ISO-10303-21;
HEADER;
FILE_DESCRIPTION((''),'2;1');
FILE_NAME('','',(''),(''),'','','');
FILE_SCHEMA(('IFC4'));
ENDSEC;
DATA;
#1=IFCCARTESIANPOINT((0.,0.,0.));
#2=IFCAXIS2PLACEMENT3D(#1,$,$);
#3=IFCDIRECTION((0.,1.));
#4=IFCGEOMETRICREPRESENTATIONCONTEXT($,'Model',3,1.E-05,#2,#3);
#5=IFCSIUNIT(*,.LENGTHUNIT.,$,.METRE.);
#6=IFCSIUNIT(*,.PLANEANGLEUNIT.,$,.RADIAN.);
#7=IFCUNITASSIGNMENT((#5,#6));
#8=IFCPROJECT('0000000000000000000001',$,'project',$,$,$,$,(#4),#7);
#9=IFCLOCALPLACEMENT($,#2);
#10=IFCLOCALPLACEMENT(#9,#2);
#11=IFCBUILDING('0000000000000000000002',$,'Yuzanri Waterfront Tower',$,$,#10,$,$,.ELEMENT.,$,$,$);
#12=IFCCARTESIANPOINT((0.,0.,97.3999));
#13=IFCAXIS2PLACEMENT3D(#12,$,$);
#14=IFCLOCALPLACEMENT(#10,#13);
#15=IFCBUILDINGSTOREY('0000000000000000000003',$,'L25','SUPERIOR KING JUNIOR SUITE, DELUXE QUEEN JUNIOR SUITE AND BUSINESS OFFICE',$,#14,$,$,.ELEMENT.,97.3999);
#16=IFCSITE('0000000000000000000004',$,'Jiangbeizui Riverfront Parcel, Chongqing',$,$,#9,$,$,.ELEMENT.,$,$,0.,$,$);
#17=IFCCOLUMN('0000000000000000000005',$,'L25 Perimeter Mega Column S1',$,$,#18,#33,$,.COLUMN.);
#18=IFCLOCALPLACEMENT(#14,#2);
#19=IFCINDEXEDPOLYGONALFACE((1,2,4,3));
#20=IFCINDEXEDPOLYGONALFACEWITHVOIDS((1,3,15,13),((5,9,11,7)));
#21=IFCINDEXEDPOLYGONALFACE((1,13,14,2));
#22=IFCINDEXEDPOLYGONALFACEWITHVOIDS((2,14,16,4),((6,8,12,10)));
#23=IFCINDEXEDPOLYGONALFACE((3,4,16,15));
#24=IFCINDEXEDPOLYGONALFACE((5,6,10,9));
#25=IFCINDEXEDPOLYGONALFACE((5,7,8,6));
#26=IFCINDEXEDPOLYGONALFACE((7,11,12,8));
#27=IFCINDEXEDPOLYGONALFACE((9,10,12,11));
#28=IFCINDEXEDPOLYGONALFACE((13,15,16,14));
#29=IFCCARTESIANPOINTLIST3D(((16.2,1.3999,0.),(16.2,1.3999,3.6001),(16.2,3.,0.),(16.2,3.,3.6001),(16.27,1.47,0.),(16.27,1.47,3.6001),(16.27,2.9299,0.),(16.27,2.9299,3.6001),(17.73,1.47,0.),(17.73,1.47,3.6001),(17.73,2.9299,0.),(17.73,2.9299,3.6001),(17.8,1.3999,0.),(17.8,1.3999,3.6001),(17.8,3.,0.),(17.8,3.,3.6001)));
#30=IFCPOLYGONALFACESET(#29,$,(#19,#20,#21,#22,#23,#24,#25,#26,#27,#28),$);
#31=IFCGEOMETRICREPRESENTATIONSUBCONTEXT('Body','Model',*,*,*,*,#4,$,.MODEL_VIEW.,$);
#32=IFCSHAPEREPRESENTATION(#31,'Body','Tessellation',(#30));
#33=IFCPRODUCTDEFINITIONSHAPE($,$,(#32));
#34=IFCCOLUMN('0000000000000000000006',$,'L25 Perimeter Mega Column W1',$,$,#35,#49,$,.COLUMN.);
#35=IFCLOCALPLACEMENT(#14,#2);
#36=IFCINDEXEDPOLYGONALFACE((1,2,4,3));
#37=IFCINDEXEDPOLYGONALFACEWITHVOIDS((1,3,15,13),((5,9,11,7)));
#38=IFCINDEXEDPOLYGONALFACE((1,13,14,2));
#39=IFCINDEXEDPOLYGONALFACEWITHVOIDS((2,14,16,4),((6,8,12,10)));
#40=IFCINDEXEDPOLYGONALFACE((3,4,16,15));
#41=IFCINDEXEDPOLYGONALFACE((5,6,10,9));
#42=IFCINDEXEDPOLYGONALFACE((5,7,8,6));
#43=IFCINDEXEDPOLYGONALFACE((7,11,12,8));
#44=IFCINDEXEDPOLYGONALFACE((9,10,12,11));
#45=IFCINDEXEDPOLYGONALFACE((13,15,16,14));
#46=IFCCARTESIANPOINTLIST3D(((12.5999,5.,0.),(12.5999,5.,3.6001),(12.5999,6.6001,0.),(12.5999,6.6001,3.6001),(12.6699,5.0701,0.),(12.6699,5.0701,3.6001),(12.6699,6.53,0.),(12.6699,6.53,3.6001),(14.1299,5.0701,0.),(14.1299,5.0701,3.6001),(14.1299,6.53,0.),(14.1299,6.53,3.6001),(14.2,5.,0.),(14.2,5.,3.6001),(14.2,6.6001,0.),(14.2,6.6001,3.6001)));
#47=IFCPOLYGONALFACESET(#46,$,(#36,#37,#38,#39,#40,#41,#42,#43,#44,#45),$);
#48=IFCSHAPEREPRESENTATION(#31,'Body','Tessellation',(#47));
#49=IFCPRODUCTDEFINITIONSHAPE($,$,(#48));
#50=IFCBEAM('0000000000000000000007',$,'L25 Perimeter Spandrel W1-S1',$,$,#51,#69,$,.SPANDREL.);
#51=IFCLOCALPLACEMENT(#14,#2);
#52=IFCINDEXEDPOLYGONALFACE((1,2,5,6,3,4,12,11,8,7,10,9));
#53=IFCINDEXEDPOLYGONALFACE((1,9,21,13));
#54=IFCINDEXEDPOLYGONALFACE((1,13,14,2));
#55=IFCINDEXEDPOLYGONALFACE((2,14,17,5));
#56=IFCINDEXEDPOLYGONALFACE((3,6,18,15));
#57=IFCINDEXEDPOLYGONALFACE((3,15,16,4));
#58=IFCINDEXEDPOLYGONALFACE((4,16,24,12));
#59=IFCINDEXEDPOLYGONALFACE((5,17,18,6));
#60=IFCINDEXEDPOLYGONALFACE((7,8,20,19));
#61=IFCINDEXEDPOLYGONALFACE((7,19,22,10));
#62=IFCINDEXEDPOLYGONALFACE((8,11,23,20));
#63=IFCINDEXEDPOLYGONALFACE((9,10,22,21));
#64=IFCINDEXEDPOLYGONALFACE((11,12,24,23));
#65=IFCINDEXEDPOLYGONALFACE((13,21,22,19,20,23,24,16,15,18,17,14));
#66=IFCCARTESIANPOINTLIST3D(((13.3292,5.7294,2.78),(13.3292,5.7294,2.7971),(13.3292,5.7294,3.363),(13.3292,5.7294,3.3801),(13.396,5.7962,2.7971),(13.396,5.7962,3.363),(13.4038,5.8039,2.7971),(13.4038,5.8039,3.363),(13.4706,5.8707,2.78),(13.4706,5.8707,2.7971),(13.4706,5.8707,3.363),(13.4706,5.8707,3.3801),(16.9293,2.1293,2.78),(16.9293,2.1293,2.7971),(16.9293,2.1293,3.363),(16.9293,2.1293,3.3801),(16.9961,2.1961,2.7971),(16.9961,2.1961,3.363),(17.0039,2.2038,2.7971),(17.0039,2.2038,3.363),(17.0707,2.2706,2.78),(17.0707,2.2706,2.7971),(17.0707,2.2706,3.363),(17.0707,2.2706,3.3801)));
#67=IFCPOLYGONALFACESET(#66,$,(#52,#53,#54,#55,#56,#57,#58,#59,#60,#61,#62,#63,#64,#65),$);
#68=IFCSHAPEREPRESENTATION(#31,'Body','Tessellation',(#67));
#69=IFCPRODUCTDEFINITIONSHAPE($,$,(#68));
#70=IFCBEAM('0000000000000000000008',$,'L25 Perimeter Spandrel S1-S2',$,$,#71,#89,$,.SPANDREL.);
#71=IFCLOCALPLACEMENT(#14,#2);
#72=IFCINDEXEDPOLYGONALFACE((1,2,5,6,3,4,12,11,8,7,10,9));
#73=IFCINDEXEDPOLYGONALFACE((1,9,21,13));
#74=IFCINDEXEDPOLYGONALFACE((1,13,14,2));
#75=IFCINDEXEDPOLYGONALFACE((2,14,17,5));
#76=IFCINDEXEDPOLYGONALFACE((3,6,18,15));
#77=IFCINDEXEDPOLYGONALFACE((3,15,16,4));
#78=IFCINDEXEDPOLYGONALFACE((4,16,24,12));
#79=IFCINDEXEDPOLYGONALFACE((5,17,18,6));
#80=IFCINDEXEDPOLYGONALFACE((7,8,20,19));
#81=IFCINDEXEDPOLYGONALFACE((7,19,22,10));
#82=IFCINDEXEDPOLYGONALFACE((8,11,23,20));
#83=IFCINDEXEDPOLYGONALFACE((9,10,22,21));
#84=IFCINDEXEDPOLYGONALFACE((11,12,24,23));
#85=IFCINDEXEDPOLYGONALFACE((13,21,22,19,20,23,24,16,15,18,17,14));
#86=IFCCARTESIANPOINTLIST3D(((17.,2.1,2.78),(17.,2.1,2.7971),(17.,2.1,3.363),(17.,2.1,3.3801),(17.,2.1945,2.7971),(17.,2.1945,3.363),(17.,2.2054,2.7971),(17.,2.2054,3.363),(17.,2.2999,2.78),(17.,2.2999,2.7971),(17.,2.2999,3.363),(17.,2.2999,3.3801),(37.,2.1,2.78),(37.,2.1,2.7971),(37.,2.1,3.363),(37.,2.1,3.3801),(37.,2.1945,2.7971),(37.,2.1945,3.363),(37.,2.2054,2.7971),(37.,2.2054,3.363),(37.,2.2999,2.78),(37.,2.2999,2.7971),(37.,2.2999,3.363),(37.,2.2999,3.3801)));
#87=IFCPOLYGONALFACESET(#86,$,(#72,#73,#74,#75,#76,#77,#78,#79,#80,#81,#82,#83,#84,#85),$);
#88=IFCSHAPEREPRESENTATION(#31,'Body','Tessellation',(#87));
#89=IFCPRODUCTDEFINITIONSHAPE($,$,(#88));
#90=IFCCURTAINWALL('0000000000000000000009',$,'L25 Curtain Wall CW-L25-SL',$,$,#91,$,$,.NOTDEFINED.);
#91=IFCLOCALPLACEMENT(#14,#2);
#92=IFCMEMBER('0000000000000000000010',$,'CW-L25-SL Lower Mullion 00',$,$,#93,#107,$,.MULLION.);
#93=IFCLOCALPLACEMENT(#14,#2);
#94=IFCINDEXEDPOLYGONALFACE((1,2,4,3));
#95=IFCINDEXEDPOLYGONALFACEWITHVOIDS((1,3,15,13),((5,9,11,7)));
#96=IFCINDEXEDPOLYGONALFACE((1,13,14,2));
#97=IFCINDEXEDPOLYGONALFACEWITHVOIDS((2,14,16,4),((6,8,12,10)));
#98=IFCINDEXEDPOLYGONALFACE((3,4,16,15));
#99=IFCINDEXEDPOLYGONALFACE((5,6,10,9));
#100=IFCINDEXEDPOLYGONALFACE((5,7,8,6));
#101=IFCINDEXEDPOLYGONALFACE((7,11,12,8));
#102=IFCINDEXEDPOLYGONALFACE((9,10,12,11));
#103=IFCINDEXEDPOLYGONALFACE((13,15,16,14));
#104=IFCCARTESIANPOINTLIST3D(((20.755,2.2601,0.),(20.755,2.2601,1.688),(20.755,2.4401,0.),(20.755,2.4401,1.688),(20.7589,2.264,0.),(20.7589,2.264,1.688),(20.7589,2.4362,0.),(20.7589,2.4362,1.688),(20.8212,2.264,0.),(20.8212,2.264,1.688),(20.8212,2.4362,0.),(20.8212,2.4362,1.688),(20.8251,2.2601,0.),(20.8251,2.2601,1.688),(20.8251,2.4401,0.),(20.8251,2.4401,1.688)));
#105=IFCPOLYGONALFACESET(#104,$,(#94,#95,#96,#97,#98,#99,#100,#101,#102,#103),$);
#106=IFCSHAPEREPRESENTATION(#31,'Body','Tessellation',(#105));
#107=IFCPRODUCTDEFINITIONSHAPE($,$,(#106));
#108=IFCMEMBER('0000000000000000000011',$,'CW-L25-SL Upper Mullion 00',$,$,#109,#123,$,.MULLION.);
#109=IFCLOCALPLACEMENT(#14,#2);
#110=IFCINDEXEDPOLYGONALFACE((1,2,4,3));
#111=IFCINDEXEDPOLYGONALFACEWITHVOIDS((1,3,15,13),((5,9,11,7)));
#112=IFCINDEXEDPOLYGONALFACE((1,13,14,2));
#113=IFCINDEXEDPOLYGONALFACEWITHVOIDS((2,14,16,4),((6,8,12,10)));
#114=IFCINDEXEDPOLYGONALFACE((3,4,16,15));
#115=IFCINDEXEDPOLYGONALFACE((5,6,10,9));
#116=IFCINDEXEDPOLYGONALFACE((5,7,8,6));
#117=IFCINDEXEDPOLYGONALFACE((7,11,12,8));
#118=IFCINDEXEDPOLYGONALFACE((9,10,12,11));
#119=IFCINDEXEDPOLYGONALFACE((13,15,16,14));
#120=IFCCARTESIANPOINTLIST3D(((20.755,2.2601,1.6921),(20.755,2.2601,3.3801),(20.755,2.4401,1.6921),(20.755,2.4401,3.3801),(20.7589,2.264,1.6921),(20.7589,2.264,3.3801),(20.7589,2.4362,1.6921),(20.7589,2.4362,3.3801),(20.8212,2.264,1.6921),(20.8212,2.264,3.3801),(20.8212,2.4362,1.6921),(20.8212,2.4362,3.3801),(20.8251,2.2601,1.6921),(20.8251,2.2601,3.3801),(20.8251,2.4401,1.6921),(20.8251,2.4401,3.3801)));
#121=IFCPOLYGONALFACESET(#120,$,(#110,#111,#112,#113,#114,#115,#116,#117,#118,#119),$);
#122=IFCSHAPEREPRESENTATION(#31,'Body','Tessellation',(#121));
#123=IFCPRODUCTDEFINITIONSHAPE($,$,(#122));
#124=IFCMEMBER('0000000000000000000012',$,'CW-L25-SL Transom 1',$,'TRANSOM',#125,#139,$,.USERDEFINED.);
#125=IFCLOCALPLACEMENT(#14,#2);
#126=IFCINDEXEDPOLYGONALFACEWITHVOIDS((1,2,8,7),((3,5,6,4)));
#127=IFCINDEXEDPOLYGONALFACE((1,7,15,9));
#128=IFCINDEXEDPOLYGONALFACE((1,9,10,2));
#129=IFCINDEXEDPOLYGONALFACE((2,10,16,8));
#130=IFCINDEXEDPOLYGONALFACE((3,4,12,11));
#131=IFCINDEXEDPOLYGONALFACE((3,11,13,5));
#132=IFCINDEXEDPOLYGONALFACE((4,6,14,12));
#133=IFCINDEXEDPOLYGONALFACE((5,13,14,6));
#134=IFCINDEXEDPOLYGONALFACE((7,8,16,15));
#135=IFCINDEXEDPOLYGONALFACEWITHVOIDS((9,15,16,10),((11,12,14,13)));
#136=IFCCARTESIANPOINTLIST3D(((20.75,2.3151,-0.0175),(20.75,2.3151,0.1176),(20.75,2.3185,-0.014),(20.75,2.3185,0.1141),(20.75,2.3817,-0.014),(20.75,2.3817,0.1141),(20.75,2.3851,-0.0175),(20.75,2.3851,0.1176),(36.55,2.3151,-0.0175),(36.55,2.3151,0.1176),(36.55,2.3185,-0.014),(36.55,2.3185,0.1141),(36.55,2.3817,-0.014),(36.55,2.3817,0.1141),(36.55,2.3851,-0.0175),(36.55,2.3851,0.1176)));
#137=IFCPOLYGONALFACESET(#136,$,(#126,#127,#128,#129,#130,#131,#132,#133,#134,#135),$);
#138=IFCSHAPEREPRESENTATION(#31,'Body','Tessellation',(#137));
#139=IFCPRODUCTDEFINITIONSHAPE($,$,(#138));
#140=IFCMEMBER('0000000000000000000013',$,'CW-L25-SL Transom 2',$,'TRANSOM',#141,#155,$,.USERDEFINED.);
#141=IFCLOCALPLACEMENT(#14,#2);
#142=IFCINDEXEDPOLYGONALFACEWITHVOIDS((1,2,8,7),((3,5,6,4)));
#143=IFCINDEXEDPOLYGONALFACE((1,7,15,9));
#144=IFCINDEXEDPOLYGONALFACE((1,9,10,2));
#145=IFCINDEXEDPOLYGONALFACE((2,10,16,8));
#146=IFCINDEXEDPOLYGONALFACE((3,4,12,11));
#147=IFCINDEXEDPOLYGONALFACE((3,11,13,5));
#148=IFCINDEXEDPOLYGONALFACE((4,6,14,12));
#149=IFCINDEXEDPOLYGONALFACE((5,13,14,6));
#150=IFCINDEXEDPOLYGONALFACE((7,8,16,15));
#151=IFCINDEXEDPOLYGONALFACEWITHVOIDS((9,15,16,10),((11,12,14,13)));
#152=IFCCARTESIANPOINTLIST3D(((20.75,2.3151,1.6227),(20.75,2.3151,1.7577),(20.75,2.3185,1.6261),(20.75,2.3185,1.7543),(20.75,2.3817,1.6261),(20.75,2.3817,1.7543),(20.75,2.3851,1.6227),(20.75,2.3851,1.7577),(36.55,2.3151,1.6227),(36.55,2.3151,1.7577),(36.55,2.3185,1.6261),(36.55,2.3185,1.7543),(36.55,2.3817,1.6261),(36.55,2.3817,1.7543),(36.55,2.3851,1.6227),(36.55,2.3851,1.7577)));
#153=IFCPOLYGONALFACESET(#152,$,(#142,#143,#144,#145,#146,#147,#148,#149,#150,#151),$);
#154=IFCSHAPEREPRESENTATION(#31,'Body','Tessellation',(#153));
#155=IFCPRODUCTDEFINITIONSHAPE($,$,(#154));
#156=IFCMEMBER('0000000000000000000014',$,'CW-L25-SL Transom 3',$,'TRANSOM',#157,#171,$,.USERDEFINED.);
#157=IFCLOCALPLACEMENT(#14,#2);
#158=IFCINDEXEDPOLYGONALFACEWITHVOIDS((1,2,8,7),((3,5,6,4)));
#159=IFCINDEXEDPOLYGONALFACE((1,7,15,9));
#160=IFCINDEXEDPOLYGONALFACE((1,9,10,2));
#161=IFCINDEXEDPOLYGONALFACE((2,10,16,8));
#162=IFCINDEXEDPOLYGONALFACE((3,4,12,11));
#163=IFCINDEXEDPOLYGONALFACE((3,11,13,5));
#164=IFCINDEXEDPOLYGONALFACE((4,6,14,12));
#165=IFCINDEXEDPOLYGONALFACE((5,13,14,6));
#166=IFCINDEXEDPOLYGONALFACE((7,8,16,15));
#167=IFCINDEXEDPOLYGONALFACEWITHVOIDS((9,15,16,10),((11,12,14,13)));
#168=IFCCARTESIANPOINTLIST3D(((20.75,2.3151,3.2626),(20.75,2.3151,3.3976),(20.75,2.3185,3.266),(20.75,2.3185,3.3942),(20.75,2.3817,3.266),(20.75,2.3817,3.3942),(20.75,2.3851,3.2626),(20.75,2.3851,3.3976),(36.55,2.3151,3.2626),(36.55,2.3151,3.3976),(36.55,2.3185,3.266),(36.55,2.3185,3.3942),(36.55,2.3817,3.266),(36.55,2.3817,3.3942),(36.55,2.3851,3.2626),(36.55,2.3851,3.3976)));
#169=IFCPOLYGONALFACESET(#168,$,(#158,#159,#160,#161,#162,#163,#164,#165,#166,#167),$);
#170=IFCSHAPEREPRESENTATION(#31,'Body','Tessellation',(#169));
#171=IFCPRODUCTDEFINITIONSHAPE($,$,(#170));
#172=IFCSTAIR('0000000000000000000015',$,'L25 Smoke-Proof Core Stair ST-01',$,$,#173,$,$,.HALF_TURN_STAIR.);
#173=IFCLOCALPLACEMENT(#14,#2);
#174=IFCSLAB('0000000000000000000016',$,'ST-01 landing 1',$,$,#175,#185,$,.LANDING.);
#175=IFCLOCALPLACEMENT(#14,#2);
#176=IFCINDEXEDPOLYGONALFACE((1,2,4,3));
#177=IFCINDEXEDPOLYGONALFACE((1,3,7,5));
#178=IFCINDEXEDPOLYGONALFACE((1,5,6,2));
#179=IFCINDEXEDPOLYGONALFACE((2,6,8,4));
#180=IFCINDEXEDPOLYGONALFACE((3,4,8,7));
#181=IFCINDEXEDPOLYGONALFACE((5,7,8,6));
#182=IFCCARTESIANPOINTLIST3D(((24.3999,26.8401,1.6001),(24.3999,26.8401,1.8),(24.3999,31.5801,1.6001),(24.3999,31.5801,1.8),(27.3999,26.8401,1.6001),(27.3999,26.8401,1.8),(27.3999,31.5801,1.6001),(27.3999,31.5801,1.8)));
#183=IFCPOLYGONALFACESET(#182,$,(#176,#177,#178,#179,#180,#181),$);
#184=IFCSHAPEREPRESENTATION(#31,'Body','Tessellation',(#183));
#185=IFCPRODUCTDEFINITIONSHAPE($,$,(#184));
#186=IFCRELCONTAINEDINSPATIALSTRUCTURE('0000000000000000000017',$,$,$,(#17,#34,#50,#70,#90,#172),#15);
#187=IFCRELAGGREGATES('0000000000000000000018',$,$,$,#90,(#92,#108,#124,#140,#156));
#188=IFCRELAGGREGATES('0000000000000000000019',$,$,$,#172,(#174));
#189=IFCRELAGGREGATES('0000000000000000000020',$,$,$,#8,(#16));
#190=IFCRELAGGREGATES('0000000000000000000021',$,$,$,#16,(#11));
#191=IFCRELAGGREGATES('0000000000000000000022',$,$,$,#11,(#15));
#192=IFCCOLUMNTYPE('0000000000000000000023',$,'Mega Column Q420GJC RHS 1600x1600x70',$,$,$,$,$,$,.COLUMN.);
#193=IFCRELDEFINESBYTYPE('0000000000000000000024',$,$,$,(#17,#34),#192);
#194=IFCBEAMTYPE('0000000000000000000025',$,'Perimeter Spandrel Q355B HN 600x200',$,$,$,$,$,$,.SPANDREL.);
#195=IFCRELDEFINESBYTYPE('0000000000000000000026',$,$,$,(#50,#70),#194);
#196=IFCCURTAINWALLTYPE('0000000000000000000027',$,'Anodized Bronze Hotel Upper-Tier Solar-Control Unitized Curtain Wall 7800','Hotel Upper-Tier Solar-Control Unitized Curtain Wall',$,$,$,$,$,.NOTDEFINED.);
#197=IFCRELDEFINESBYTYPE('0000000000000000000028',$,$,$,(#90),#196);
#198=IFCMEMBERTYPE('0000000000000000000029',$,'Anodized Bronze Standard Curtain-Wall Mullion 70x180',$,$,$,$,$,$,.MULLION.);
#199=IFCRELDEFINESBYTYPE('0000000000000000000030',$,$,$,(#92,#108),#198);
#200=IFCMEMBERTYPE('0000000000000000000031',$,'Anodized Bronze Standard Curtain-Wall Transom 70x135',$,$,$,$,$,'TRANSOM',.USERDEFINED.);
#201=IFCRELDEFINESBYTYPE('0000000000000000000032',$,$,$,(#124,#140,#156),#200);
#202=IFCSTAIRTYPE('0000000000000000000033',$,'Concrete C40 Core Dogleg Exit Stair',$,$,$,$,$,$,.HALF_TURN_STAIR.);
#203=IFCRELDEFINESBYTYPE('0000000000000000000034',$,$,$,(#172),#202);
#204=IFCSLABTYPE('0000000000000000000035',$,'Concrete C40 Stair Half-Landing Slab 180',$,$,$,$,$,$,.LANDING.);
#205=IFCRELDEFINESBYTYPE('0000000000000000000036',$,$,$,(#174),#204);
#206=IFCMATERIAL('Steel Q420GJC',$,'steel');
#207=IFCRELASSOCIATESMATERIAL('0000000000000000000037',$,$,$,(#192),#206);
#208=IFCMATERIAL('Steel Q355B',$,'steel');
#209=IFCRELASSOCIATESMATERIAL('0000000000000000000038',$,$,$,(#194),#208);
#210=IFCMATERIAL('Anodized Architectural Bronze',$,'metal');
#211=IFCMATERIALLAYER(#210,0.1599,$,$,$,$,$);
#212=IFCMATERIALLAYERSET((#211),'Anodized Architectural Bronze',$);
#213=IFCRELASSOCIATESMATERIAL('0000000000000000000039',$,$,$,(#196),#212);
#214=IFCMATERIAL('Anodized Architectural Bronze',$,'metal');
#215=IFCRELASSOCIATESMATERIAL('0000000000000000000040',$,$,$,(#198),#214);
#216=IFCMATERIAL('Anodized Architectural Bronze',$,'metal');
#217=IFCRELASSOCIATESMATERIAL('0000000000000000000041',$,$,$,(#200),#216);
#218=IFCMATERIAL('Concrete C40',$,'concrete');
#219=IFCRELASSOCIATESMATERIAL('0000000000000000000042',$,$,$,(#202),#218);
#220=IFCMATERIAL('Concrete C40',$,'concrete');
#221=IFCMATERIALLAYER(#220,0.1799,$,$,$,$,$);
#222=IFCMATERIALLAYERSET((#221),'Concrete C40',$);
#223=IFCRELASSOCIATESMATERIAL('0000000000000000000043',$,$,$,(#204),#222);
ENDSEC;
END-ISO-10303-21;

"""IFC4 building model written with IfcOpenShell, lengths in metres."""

from ifc_helpers import new_model, si_unit, direction, frame, origin, origin_2d, place, context, subcontext, project, spatial, polyline, hollow_rectangle, i_section, outline, extrude, source, transform, mapped, material, layer, layer_set, material_profile, profile_set, type_object, element, aggregate, save


model = new_model("IFC4")

# Units and contexts
model_context = context("Model", 3, precision=1e-05, world=origin(), true_north=direction((0.0, 1.0)))
body_context = subcontext(model_context, "Body", "Model", "MODEL_VIEW")
ifc_project = project(units=[si_unit("LENGTHUNIT", "METRE"), si_unit("PLANEANGLEUNIT", "RADIAN")], contexts=[model_context])

# Site, building, storey
site_placement = place(None, origin())
site = spatial("IfcSite", under=ifc_project, at=site_placement, Name="Jiangbeizui Riverfront Parcel, Chongqing", CompositionType="ELEMENT", RefElevation=0.0)
building_placement = place(site_placement, origin())
building = spatial("IfcBuilding", under=site, at=building_placement, Name="Yuzanri Waterfront Tower", CompositionType="ELEMENT")
storey_placement = place(building_placement, frame((0.0, 0.0, 97.3999)))
storey = spatial("IfcBuildingStorey", under=building, at=storey_placement, Name="L25", Description="SUPERIOR KING JUNIOR SUITE, DELUXE QUEEN JUNIOR SUITE AND BUSINESS OFFICE", CompositionType="ELEMENT", Elevation=97.3999)

# Columns
ifc_material_1 = material(Name="Steel Q420GJC", Category="steel")
ifc_material_profile_1 = material_profile(ifc_material_1, hollow_rectangle(XDim=1.6001, YDim=1.6001, WallThickness=0.0701, at=origin_2d()), Name="RHS 1600x1600x70")
ifc_profile_set_1 = profile_set([ifc_material_profile_1], Name="Steel Q420GJC")
column_type = type_object("IfcColumnType", Name="Mega Column Q420GJC RHS 1600x1600x70", PredefinedType="COLUMN", material=ifc_profile_set_1)
shared_shape_1 = source(origin(), body_context, "Body", "SweptSolid", [
    extrude(hollow_rectangle(XDim=1.6001, YDim=1.6001, WallThickness=0.0701, at=origin_2d()), origin(), (0.0, 0.0, 1.0), 3.6001),
])
for number, where, z_axis, x_axis, name in (
    (1, (17.0, 2.2, 0.0), (0.0, 0.0, 1.0), (1.0, 0.0, 0.0), "L25 Perimeter Mega Column S1"),
    (2, (13.3999, 5.8, 0.0), (0.0, 0.0, 1.0), (1.0, 0.0, 0.0), "L25 Perimeter Mega Column W1"),
):
    element("IfcColumn", number, at=place(storey_placement, frame(where, z_axis=z_axis, x_axis=x_axis)), inside=storey, type_object=column_type, Name=name, PredefinedType="COLUMN", context=body_context, shape_type="MappedRepresentation", body=[
        mapped(shared_shape_1, transform((0.0, 0.0, 0.0), scale=1.0)),
    ])

# Beams
ifc_material_2 = material(Name="Steel Q355B", Category="steel")
ifc_material_profile_2 = material_profile(ifc_material_2, i_section(OverallWidth=0.2, OverallDepth=0.6001, WebThickness=0.011, FlangeThickness=0.0171, at=origin_2d()), Name="HN 600x200x11x17")
ifc_profile_set_2 = profile_set([ifc_material_profile_2], Name="Steel Q355B")
beam_type = type_object("IfcBeamType", Name="Perimeter Spandrel Q355B HN 600x200", PredefinedType="SPANDREL", material=ifc_profile_set_2)
shared_shape_2 = source(origin(), body_context, "Body", "SweptSolid", [
    extrude(i_section(OverallWidth=0.2, OverallDepth=0.6001, WebThickness=0.011, FlangeThickness=0.0171, at=origin_2d()), origin(), (0.0, 0.0, 1.0), 5.0913),
])
beam_1_placement = place(storey_placement, frame((13.3999, 5.8, 3.0801), z_axis=(0.707107, -0.707107, 0.0), x_axis=(0.707107, 0.707107, 0.0)))
element("IfcBeam", 3, at=beam_1_placement, inside=storey, type_object=beam_type, Name="L25 Perimeter Spandrel W1-S1", PredefinedType="SPANDREL", context=body_context, shape_type="MappedRepresentation", body=[
    mapped(shared_shape_2, transform((0.0, 0.0, 0.0), scale=1.0)),
])
shared_shape_3 = source(origin(), body_context, "Body", "SweptSolid", [
    extrude(i_section(OverallWidth=0.2, OverallDepth=0.6001, WebThickness=0.011, FlangeThickness=0.0171, at=origin_2d()), origin(), (0.0, 0.0, 1.0), 20.0),
])
beam_2_placement = place(storey_placement, frame((17.0, 2.2, 3.0801), z_axis=(1.0, 0.0, 0.0), x_axis=(0.0, 1.0, 0.0)))
element("IfcBeam", 4, at=beam_2_placement, inside=storey, type_object=beam_type, Name="L25 Perimeter Spandrel S1-S2", PredefinedType="SPANDREL", context=body_context, shape_type="MappedRepresentation", body=[
    mapped(shared_shape_3, transform((0.0, 0.0, 0.0), scale=1.0)),
])

# Curtain wall, members
ifc_material_3 = material(Name="Anodized Architectural Bronze", Category="metal")
ifc_layer_1 = layer(ifc_material_3, 0.1599)
ifc_layer_set_1 = layer_set([ifc_layer_1], Name="Anodized Architectural Bronze")
curtain_wall_type = type_object("IfcCurtainWallType", Name="Anodized Bronze Hotel Upper-Tier Solar-Control Unitized Curtain Wall 7800", Description="Hotel Upper-Tier Solar-Control Unitized Curtain Wall", PredefinedType="NOTDEFINED", material=ifc_layer_set_1)
curtain_wall_placement = place(storey_placement, origin())
curtain_wall = element("IfcCurtainWall", 5, at=curtain_wall_placement, inside=storey, type_object=curtain_wall_type, Name="L25 Curtain Wall CW-L25-SL", PredefinedType="NOTDEFINED")
ifc_material_4 = material(Name="Anodized Architectural Bronze", Category="metal")
ifc_material_profile_3 = material_profile(ifc_material_4, hollow_rectangle(XDim=0.0701, YDim=0.1799, WallThickness=0.0039, at=origin_2d()), Name="CWM 70x180")
ifc_profile_set_3 = profile_set([ifc_material_profile_3], Name="Anodized Architectural Bronze")
member_type_1 = type_object("IfcMemberType", Name="Anodized Bronze Standard Curtain-Wall Mullion 70x180", PredefinedType="MULLION", material=ifc_profile_set_3)
shared_shape_4 = source(origin(), body_context, "Body", "SweptSolid", [
    extrude(hollow_rectangle(XDim=0.0701, YDim=0.1799, WallThickness=0.0039, at=origin_2d()), origin(), (0.0, 0.0, 1.0), 1.688),
])
member_1_placement = place(storey_placement, frame((20.79, 2.3501, 0.0), z_axis=(0.0, 0.0, 1.0), x_axis=(1.0, 0.0, 0.0)))
member_1 = element("IfcMember", 6, at=member_1_placement, type_object=member_type_1, Name="CW-L25-SL Lower Mullion 00", PredefinedType="MULLION", context=body_context, shape_type="MappedRepresentation", body=[
    mapped(shared_shape_4, transform((0.0, 0.0, 0.0), scale=1.0)),
])
member_2_placement = place(storey_placement, frame((20.79, 2.3501, 1.6921), z_axis=(0.0, 0.0, 1.0), x_axis=(1.0, 0.0, 0.0)))
member_2 = element("IfcMember", 7, at=member_2_placement, type_object=member_type_1, Name="CW-L25-SL Upper Mullion 00", PredefinedType="MULLION", context=body_context, shape_type="MappedRepresentation", body=[
    mapped(shared_shape_4, transform((0.0, 0.0, 0.0), scale=1.0)),
])
ifc_material_5 = material(Name="Anodized Architectural Bronze", Category="metal")
ifc_material_profile_4 = material_profile(ifc_material_5, hollow_rectangle(XDim=0.0701, YDim=0.135, WallThickness=0.0034, at=origin_2d()), Name="CWT 70x135")
ifc_profile_set_4 = profile_set([ifc_material_profile_4], Name="Anodized Architectural Bronze")
member_type_2 = type_object("IfcMemberType", Name="Anodized Bronze Standard Curtain-Wall Transom 70x135", ElementType="TRANSOM", PredefinedType="USERDEFINED", material=ifc_profile_set_4)
shared_shape_5 = source(origin(), body_context, "Body", "SweptSolid", [
    extrude(hollow_rectangle(XDim=0.0701, YDim=0.135, WallThickness=0.0034, at=origin_2d()), origin(), (0.0, 0.0, 1.0), 15.8),
])
member_3_placement = place(storey_placement, frame((20.75, 2.3501, 0.05), z_axis=(1.0, 0.0, 0.0), x_axis=(0.0, 1.0, 0.0)))
member_3 = element("IfcMember", 8, at=member_3_placement, type_object=member_type_2, Name="CW-L25-SL Transom 1", ObjectType="TRANSOM", PredefinedType="USERDEFINED", context=body_context, shape_type="MappedRepresentation", body=[
    mapped(shared_shape_5, transform((0.0, 0.0, 0.0), scale=1.0)),
])
member_4_placement = place(storey_placement, frame((20.75, 2.3501, 1.6902), z_axis=(1.0, 0.0, 0.0), x_axis=(0.0, 1.0, 0.0)))
member_4 = element("IfcMember", 9, at=member_4_placement, type_object=member_type_2, Name="CW-L25-SL Transom 2", ObjectType="TRANSOM", PredefinedType="USERDEFINED", context=body_context, shape_type="MappedRepresentation", body=[
    mapped(shared_shape_5, transform((0.0, 0.0, 0.0), scale=1.0)),
])
member_5_placement = place(storey_placement, frame((20.75, 2.3501, 3.3301), z_axis=(1.0, 0.0, 0.0), x_axis=(0.0, 1.0, 0.0)))
member_5 = element("IfcMember", 10, at=member_5_placement, type_object=member_type_2, Name="CW-L25-SL Transom 3", ObjectType="TRANSOM", PredefinedType="USERDEFINED", context=body_context, shape_type="MappedRepresentation", body=[
    mapped(shared_shape_5, transform((0.0, 0.0, 0.0), scale=1.0)),
])
aggregate(curtain_wall, [member_1, member_2, member_3, member_4, member_5])

# Stair, slab
ifc_material_6 = material(Name="Concrete C40", Category="concrete")
stair_type = type_object("IfcStairType", Name="Concrete C40 Core Dogleg Exit Stair", PredefinedType="HALF_TURN_STAIR", material=ifc_material_6)
stair_1_placement = place(storey_placement, origin())
stair_1 = element("IfcStair", 11, at=stair_1_placement, inside=storey, type_object=stair_type, Name="L25 Smoke-Proof Core Stair ST-01", PredefinedType="HALF_TURN_STAIR")
ifc_material_7 = material(Name="Concrete C40", Category="concrete")
ifc_layer_2 = layer(ifc_material_7, 0.1799)
ifc_layer_set_2 = layer_set([ifc_layer_2], Name="Concrete C40")
slab_type_1 = type_object("IfcSlabType", Name="Concrete C40 Stair Half-Landing Slab 180", PredefinedType="LANDING", material=ifc_layer_set_2)
slab_1_placement = place(storey_placement, frame((0.0, 0.0, 1.6001)))
slab_1 = element("IfcSlab", 12, at=slab_1_placement, type_object=slab_type_1, Name="ST-01 landing 1", PredefinedType="LANDING", context=body_context, shape_type="SweptSolid", body=[
    extrude(outline(polyline([(27.3999, 26.8401), (27.3999, 31.5801), (24.3999, 31.5801), (24.3999, 26.8401), (27.3999, 26.8401)])), origin(), (0.0, 0.0, 1.0), 0.2),
])
aggregate(stair_1, [slab_1])

save(model, "model.ifc")
